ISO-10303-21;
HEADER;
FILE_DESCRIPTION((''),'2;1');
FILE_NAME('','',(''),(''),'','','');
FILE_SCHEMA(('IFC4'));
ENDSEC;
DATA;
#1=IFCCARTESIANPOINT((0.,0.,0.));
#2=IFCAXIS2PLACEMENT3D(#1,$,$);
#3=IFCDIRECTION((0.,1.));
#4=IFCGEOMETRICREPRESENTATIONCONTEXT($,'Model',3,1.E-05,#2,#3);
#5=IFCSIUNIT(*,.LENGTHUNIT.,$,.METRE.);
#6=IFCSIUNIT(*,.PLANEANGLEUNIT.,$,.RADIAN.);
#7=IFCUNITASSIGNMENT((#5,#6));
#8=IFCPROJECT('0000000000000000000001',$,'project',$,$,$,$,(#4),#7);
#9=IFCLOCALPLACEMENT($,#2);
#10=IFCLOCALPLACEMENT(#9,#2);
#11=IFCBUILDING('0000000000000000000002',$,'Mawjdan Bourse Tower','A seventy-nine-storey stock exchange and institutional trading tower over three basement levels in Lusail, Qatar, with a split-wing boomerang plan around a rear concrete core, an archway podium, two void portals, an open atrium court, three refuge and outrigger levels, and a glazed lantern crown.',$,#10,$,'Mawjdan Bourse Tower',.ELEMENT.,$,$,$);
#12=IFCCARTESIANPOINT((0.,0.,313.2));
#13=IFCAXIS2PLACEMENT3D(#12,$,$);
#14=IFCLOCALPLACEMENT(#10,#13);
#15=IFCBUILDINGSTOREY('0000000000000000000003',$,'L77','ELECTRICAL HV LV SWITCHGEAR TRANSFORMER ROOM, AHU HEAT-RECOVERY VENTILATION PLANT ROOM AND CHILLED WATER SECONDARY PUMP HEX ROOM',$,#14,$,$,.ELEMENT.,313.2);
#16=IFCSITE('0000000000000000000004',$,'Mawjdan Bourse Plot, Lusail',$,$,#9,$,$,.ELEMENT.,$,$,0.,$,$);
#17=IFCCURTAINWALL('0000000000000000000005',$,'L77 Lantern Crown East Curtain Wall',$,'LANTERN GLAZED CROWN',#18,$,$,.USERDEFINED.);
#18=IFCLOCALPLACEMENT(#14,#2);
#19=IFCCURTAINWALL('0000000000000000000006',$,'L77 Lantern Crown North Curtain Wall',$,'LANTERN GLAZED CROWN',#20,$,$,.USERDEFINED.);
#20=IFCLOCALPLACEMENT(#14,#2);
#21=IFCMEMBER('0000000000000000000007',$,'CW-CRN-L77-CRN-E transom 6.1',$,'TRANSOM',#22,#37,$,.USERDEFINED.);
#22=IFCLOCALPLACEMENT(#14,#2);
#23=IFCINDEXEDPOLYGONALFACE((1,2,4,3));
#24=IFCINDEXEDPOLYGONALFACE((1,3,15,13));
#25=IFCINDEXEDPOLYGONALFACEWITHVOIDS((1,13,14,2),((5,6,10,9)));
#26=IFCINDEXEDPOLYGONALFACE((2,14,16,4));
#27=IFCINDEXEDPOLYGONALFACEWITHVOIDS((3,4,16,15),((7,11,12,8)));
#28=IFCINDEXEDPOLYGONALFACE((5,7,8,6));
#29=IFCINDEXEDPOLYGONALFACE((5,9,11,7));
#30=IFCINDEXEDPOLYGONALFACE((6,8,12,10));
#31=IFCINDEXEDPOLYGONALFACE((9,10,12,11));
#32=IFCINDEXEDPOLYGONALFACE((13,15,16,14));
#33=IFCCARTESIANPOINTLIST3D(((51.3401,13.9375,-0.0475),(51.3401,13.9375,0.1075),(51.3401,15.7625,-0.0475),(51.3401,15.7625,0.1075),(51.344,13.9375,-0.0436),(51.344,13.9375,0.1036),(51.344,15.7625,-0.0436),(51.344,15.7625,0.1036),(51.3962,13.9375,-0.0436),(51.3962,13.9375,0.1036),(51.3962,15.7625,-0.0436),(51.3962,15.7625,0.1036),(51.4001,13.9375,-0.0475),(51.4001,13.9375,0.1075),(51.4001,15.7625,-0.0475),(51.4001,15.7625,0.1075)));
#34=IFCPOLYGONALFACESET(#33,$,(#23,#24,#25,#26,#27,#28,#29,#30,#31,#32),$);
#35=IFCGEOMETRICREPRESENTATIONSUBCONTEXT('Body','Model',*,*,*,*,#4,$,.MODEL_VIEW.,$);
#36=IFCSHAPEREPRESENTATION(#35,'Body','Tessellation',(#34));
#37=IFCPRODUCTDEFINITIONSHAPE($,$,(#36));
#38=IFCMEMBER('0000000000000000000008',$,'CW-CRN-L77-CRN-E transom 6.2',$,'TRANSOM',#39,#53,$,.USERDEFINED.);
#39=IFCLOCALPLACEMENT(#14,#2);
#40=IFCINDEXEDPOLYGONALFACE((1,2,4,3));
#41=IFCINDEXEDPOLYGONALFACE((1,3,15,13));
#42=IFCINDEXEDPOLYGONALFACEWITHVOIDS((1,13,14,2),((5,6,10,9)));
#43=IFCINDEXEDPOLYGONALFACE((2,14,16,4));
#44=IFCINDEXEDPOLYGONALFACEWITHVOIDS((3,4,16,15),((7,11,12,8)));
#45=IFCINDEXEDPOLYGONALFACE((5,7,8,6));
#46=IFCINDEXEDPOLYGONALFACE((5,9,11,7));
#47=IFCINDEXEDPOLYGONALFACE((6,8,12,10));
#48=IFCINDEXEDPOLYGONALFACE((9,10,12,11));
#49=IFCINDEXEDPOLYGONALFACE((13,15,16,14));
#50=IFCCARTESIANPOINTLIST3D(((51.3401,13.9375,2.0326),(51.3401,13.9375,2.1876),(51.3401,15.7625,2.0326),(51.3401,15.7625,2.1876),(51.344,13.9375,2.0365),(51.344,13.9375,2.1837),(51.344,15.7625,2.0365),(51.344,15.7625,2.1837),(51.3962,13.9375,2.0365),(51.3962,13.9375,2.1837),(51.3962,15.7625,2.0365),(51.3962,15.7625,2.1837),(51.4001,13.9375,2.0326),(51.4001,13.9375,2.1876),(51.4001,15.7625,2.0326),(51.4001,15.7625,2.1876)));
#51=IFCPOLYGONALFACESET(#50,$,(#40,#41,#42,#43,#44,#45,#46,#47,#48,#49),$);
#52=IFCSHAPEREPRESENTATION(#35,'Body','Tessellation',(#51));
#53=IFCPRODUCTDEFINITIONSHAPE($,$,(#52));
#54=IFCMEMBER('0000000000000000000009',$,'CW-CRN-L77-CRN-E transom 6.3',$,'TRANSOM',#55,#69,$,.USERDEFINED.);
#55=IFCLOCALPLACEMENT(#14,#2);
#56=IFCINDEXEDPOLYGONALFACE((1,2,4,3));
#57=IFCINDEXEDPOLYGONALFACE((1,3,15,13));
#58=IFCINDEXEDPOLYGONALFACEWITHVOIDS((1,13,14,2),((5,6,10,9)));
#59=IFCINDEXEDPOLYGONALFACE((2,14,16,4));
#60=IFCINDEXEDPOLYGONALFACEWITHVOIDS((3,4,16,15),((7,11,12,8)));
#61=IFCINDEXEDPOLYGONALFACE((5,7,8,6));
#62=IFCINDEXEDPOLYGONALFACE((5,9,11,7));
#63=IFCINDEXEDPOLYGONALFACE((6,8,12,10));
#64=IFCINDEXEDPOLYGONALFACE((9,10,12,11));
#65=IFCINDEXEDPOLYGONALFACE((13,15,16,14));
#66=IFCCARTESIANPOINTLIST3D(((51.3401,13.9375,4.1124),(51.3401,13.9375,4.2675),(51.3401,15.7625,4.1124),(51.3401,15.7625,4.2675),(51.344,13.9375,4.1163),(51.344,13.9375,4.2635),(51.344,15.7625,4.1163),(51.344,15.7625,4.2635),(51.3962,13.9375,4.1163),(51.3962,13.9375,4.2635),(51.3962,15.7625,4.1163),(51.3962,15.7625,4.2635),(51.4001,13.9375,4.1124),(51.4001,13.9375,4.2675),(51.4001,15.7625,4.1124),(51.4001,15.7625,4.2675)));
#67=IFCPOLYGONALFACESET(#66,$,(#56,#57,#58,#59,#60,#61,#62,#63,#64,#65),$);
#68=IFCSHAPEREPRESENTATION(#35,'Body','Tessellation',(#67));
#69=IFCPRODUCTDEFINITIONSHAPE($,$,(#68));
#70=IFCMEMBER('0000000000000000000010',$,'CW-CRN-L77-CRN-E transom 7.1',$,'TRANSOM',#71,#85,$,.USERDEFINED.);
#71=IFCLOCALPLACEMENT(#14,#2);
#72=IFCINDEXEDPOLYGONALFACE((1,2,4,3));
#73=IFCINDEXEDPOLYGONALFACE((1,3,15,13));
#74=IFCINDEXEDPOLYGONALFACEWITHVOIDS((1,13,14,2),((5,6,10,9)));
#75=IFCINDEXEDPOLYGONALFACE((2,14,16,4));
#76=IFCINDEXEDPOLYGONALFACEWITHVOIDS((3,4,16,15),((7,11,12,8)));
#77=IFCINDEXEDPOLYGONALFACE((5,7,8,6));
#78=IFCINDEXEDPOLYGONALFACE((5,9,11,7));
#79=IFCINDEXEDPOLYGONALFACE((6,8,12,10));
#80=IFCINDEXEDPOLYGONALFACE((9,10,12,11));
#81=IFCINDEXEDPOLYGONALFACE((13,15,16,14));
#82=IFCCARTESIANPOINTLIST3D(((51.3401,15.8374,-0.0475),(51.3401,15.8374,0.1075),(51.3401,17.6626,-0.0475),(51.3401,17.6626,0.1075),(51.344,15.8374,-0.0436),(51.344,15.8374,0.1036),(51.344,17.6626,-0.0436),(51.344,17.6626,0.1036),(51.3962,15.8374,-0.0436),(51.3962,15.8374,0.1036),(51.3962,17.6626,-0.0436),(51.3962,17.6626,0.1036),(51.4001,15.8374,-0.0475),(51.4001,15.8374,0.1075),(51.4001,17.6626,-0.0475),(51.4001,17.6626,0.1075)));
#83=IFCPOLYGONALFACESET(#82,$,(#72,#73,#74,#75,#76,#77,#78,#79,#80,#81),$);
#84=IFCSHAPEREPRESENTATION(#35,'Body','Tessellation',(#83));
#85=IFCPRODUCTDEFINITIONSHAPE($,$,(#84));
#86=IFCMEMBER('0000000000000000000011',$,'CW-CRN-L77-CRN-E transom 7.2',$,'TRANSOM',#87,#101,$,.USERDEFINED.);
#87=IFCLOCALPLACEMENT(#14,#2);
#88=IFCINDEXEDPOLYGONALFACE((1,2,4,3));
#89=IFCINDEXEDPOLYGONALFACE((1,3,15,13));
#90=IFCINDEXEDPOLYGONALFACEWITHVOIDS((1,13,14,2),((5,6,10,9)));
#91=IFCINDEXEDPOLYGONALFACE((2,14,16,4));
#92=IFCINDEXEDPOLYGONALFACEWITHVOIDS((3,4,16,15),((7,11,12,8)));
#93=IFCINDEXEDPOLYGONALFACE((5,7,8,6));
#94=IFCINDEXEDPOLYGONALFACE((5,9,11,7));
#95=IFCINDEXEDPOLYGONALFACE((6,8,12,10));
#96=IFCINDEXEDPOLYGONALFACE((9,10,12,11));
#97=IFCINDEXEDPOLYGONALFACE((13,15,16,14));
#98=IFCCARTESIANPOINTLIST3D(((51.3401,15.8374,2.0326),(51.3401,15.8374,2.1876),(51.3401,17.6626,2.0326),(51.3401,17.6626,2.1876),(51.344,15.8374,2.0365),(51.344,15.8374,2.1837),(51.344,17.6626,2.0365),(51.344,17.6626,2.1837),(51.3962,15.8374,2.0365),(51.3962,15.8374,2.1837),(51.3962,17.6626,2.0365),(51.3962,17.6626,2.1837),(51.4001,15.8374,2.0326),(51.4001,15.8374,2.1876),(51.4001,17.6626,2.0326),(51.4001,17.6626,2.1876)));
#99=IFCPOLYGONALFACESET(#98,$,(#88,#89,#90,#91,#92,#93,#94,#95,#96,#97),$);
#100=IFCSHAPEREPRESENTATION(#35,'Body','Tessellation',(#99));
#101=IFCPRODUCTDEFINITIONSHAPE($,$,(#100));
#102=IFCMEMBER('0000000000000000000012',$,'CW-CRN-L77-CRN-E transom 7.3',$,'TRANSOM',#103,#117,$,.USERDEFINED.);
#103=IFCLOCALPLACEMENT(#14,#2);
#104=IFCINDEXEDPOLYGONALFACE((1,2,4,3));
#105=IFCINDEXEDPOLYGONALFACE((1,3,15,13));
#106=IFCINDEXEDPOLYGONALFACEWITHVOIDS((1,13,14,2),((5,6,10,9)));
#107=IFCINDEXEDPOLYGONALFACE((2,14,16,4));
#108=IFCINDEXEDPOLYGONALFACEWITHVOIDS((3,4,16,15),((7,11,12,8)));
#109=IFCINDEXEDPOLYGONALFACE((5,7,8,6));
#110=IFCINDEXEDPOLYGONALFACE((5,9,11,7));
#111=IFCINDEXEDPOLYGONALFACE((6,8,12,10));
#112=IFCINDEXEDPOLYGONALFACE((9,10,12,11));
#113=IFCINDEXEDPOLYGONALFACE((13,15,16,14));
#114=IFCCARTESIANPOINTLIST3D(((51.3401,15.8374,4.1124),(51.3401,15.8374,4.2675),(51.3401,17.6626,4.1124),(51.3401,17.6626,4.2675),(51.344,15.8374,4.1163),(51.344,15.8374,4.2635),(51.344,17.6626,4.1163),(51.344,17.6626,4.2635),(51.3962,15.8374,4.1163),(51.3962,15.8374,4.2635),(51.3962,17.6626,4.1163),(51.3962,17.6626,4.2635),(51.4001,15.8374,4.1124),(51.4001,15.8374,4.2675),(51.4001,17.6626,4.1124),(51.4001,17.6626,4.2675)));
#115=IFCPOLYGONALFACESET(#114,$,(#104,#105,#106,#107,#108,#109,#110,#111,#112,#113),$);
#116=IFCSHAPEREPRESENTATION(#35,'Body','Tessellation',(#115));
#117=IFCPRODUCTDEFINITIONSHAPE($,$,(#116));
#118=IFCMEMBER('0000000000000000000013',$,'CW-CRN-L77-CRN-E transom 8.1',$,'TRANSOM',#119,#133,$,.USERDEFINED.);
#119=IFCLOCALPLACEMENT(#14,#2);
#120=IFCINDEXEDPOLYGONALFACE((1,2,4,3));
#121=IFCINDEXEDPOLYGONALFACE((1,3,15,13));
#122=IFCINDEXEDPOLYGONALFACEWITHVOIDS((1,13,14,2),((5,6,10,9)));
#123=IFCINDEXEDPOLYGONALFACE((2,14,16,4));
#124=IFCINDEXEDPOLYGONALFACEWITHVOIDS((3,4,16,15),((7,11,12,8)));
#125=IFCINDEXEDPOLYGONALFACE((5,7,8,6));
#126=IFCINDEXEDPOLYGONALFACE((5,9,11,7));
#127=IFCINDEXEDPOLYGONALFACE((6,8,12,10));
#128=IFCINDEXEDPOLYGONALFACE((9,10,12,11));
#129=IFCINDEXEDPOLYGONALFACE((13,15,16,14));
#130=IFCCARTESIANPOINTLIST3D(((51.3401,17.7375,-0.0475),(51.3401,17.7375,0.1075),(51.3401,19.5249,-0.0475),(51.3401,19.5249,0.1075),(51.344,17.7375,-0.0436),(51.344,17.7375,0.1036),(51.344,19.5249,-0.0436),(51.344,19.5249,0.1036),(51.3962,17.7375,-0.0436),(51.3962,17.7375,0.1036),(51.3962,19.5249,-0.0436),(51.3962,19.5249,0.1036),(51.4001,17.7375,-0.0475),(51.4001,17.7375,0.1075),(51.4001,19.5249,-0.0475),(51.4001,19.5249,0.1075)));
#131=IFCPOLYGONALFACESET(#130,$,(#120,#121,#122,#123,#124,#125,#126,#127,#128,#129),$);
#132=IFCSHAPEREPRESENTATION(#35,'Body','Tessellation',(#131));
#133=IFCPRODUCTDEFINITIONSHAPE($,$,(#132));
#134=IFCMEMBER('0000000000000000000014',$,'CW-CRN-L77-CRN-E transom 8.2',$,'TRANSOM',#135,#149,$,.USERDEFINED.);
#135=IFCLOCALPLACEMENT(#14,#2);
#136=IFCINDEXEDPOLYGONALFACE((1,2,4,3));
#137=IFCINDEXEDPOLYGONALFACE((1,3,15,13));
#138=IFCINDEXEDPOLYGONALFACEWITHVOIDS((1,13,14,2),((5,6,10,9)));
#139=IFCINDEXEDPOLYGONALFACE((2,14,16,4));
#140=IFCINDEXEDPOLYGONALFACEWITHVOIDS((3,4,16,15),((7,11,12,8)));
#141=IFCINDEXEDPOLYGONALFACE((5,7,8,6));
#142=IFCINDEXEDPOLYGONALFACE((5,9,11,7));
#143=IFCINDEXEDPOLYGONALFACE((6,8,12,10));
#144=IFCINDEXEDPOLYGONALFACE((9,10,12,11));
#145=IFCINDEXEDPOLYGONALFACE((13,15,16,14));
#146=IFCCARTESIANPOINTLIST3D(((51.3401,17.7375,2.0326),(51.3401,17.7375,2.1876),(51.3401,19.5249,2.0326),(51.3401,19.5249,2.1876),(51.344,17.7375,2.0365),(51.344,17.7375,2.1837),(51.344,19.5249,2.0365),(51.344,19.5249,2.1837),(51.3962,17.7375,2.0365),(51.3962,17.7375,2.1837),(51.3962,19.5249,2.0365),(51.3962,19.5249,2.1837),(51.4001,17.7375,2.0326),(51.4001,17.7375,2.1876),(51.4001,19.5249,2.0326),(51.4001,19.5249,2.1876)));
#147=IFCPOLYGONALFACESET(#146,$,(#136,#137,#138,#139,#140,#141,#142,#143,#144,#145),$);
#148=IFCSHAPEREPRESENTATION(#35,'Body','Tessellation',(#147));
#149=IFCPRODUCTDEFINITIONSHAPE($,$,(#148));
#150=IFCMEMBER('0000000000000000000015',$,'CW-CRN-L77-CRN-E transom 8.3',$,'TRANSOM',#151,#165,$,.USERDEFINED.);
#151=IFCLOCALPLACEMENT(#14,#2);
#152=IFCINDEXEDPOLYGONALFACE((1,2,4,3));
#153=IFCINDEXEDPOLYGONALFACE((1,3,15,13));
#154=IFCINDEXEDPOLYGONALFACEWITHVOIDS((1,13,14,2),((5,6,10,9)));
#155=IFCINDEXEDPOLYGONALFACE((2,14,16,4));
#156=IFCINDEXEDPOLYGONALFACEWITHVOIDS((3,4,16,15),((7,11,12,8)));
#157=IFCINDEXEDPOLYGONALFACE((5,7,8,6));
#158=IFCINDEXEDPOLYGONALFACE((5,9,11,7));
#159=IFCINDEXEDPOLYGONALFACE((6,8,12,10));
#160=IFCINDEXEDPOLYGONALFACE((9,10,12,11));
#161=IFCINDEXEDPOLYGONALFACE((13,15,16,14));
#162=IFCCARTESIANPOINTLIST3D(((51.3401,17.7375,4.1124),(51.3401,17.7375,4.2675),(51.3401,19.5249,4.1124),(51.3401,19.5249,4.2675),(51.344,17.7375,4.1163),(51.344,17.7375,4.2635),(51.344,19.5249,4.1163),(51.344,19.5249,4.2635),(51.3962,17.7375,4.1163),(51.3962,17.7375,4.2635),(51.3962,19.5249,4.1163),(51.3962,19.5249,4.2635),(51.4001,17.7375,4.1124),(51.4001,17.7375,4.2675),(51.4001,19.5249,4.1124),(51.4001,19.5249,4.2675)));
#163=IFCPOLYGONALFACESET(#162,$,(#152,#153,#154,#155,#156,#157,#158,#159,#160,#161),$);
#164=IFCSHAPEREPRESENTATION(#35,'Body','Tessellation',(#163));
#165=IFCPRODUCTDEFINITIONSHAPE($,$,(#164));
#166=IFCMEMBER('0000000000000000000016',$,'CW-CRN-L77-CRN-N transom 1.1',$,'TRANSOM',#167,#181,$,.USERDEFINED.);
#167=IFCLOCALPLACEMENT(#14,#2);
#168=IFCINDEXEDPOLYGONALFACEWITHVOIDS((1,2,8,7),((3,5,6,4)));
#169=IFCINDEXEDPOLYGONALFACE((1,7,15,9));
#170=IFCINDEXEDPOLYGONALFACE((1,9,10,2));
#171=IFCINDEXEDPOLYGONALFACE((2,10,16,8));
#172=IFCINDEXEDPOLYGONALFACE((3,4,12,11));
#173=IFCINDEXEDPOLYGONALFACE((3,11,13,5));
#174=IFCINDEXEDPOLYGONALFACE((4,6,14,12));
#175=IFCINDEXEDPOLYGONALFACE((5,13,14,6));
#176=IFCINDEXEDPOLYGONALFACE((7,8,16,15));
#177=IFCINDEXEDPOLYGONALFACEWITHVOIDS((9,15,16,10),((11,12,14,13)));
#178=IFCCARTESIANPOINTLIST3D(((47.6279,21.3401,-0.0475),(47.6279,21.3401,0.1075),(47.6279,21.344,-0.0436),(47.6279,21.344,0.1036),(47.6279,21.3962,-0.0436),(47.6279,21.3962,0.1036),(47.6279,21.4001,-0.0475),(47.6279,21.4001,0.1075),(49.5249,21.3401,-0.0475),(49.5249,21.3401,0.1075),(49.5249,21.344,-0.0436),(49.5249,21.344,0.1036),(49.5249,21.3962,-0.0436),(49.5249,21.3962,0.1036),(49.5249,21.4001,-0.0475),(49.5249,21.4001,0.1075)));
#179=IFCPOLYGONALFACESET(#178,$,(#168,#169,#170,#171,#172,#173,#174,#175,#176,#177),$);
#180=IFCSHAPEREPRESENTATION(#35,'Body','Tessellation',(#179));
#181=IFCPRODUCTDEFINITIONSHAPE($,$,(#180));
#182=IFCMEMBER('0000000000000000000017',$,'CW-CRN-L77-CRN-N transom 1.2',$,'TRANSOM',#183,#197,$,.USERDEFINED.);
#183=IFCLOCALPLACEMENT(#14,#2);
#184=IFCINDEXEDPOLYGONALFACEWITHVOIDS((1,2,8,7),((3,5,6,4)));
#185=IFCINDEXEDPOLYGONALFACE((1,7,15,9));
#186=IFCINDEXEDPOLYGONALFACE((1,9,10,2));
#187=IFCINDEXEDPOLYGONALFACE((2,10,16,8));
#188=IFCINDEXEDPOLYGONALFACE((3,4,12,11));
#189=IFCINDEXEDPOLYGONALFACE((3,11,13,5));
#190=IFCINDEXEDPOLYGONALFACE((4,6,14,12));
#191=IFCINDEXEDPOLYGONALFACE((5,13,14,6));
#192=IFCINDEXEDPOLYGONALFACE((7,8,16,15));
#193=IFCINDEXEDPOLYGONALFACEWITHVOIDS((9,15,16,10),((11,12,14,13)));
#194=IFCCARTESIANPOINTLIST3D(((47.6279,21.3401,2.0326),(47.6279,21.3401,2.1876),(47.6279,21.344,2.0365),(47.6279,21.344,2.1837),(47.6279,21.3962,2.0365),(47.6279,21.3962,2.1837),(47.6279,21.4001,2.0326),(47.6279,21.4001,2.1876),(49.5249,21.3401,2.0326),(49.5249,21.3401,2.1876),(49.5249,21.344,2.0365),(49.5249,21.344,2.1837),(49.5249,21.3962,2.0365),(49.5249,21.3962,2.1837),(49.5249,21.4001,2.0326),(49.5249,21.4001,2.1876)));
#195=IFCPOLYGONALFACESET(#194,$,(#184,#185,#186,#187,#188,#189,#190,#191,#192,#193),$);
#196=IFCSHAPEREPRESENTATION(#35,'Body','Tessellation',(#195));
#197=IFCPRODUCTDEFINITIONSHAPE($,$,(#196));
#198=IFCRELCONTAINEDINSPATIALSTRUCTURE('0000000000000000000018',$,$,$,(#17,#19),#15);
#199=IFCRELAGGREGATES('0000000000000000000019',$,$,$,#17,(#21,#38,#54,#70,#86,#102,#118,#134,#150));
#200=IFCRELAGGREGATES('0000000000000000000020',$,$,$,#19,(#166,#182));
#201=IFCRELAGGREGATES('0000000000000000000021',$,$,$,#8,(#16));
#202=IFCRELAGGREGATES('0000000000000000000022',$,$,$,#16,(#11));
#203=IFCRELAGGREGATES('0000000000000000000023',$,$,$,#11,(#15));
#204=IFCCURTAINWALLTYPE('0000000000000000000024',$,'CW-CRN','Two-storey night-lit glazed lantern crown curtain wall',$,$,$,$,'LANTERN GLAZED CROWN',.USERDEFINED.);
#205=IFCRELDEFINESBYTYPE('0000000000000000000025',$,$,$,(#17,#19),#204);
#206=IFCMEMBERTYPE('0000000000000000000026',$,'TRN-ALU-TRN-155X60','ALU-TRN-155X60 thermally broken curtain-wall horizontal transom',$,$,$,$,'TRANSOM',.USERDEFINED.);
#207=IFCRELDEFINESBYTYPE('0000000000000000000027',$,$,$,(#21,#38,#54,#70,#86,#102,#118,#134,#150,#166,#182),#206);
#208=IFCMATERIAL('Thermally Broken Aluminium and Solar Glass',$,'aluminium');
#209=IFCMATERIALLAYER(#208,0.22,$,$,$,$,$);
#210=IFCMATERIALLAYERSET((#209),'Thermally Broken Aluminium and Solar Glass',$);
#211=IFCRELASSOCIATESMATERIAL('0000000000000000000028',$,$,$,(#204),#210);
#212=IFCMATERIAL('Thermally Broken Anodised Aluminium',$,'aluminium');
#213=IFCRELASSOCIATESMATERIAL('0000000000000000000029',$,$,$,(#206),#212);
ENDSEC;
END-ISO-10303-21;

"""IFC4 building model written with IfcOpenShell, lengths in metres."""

from ifc_helpers import new_model, si_unit, direction, frame, origin, origin_2d, place, context, subcontext, project, spatial, hollow_rectangle, extrude, material, layer, layer_set, material_profile, profile_set, type_object, element, aggregate, save


model = new_model("IFC4")

# Units and contexts
model_context = context("Model", 3, precision=1e-05, world=origin(), true_north=direction((0.0, 1.0)))
body_context = subcontext(model_context, "Body", "Model", "MODEL_VIEW")
ifc_project = project(units=[si_unit("LENGTHUNIT", "METRE"), si_unit("PLANEANGLEUNIT", "RADIAN")], contexts=[model_context])

# Site, building, storey
site_placement = place(None, origin())
site = spatial("IfcSite", under=ifc_project, at=site_placement, Name="Mawjdan Bourse Plot, Lusail", CompositionType="ELEMENT", RefElevation=0.0)
building_placement = place(site_placement, origin())
building = spatial("IfcBuilding", under=site, at=building_placement, Name="Mawjdan Bourse Tower", Description="A seventy-nine-storey stock exchange and institutional trading tower over three basement levels in Lusail, Qatar, with a split-wing boomerang plan around a rear concrete core, an archway podium, two void portals, an open atrium court, three refuge and outrigger levels, and a glazed lantern crown.", LongName="Mawjdan Bourse Tower", CompositionType="ELEMENT")
storey_placement = place(building_placement, frame((0.0, 0.0, 313.2)))
storey = spatial("IfcBuildingStorey", under=building, at=storey_placement, Name="L77", Description="ELECTRICAL HV LV SWITCHGEAR TRANSFORMER ROOM, AHU HEAT-RECOVERY VENTILATION PLANT ROOM AND CHILLED WATER SECONDARY PUMP HEX ROOM", CompositionType="ELEMENT", Elevation=313.2)

# Curtain wall
ifc_material_1 = material(Name="Thermally Broken Aluminium and Solar Glass", Category="aluminium")
ifc_layer_1 = layer(ifc_material_1, 0.22)
ifc_layer_set_1 = layer_set([ifc_layer_1], Name="Thermally Broken Aluminium and Solar Glass")
curtain_wall_type = type_object("IfcCurtainWallType", Name="CW-CRN", Description="Two-storey night-lit glazed lantern crown curtain wall", ElementType="LANTERN GLAZED CROWN", PredefinedType="USERDEFINED", material=ifc_layer_set_1)
curtain_wall_1_placement = place(storey_placement, origin())
curtain_wall_1 = element("IfcCurtainWall", 1, at=curtain_wall_1_placement, inside=storey, type_object=curtain_wall_type, Name="L77 Lantern Crown East Curtain Wall", ObjectType="LANTERN GLAZED CROWN", PredefinedType="USERDEFINED")
ifc_material_2 = material(Name="Thermally Broken Anodised Aluminium", Category="aluminium")

# Curtain wall
curtain_wall_2_placement = place(storey_placement, origin())
curtain_wall_2 = element("IfcCurtainWall", 2, at=curtain_wall_2_placement, inside=storey, type_object=curtain_wall_type, Name="L77 Lantern Crown North Curtain Wall", ObjectType="LANTERN GLAZED CROWN", PredefinedType="USERDEFINED")

# Members
ifc_material_profile_1 = material_profile(ifc_material_2, hollow_rectangle(XDim=0.0601, YDim=0.155, WallThickness=0.0039, at=origin_2d()), Name="ALU-TRN-155X60")
ifc_profile_set_1 = profile_set([ifc_material_profile_1], Name="Thermally Broken Anodised Aluminium")
member_type_1 = type_object("IfcMemberType", Name="TRN-ALU-TRN-155X60", Description="ALU-TRN-155X60 thermally broken curtain-wall horizontal transom", ElementType="TRANSOM", PredefinedType="USERDEFINED", material=ifc_profile_set_1)
member_1_placement = place(storey_placement, frame((51.3701, 13.9375, 0.03), z_axis=(0.0, 1.0, 0.0), x_axis=(-1.0, 0.0, 0.0)))
member_1 = element("IfcMember", 3, at=member_1_placement, type_object=member_type_1, Name="CW-CRN-L77-CRN-E transom 6.1", ObjectType="TRANSOM", PredefinedType="USERDEFINED", context=body_context, shape_type="SweptSolid", body=[
    extrude(hollow_rectangle(XDim=0.0601, YDim=0.155, WallThickness=0.0039, at=origin_2d()), origin(), (0.0, 0.0, 1.0), 1.825),
])
member_2_placement = place(storey_placement, frame((51.3701, 13.9375, 2.1101), z_axis=(0.0, 1.0, 0.0), x_axis=(-1.0, 0.0, 0.0)))
member_2 = element("IfcMember", 4, at=member_2_placement, type_object=member_type_1, Name="CW-CRN-L77-CRN-E transom 6.2", ObjectType="TRANSOM", PredefinedType="USERDEFINED", context=body_context, shape_type="SweptSolid", body=[
    extrude(hollow_rectangle(XDim=0.0601, YDim=0.155, WallThickness=0.0039, at=origin_2d()), origin(), (0.0, 0.0, 1.0), 1.825),
])
member_3_placement = place(storey_placement, frame((51.3701, 13.9375, 4.1899), z_axis=(0.0, 1.0, 0.0), x_axis=(-1.0, 0.0, 0.0)))
member_3 = element("IfcMember", 5, at=member_3_placement, type_object=member_type_1, Name="CW-CRN-L77-CRN-E transom 6.3", ObjectType="TRANSOM", PredefinedType="USERDEFINED", context=body_context, shape_type="SweptSolid", body=[
    extrude(hollow_rectangle(XDim=0.0601, YDim=0.155, WallThickness=0.0039, at=origin_2d()), origin(), (0.0, 0.0, 1.0), 1.825),
])
member_4_placement = place(storey_placement, frame((51.3701, 15.8374, 0.03), z_axis=(0.0, 1.0, 0.0), x_axis=(-1.0, 0.0, 0.0)))
member_4 = element("IfcMember", 6, at=member_4_placement, type_object=member_type_1, Name="CW-CRN-L77-CRN-E transom 7.1", ObjectType="TRANSOM", PredefinedType="USERDEFINED", context=body_context, shape_type="SweptSolid", body=[
    extrude(hollow_rectangle(XDim=0.0601, YDim=0.155, WallThickness=0.0039, at=origin_2d()), origin(), (0.0, 0.0, 1.0), 1.8252),
])
member_5_placement = place(storey_placement, frame((51.3701, 15.8374, 2.1101), z_axis=(0.0, 1.0, 0.0), x_axis=(-1.0, 0.0, 0.0)))
member_5 = element("IfcMember", 7, at=member_5_placement, type_object=member_type_1, Name="CW-CRN-L77-CRN-E transom 7.2", ObjectType="TRANSOM", PredefinedType="USERDEFINED", context=body_context, shape_type="SweptSolid", body=[
    extrude(hollow_rectangle(XDim=0.0601, YDim=0.155, WallThickness=0.0039, at=origin_2d()), origin(), (0.0, 0.0, 1.0), 1.8252),
])
member_6_placement = place(storey_placement, frame((51.3701, 15.8374, 4.1899), z_axis=(0.0, 1.0, 0.0), x_axis=(-1.0, 0.0, 0.0)))
member_6 = element("IfcMember", 8, at=member_6_placement, type_object=member_type_1, Name="CW-CRN-L77-CRN-E transom 7.3", ObjectType="TRANSOM", PredefinedType="USERDEFINED", context=body_context, shape_type="SweptSolid", body=[
    extrude(hollow_rectangle(XDim=0.0601, YDim=0.155, WallThickness=0.0039, at=origin_2d()), origin(), (0.0, 0.0, 1.0), 1.8252),
])
member_7_placement = place(storey_placement, frame((51.3701, 17.7375, 0.03), z_axis=(0.0, 1.0, 0.0), x_axis=(-1.0, 0.0, 0.0)))
member_7 = element("IfcMember", 9, at=member_7_placement, type_object=member_type_1, Name="CW-CRN-L77-CRN-E transom 8.1", ObjectType="TRANSOM", PredefinedType="USERDEFINED", context=body_context, shape_type="SweptSolid", body=[
    extrude(hollow_rectangle(XDim=0.0601, YDim=0.155, WallThickness=0.0039, at=origin_2d()), origin(), (0.0, 0.0, 1.0), 1.7874),
])
member_8_placement = place(storey_placement, frame((51.3701, 17.7375, 2.1101), z_axis=(0.0, 1.0, 0.0), x_axis=(-1.0, 0.0, 0.0)))
member_8 = element("IfcMember", 10, at=member_8_placement, type_object=member_type_1, Name="CW-CRN-L77-CRN-E transom 8.2", ObjectType="TRANSOM", PredefinedType="USERDEFINED", context=body_context, shape_type="SweptSolid", body=[
    extrude(hollow_rectangle(XDim=0.0601, YDim=0.155, WallThickness=0.0039, at=origin_2d()), origin(), (0.0, 0.0, 1.0), 1.7874),
])
member_9_placement = place(storey_placement, frame((51.3701, 17.7375, 4.1899), z_axis=(0.0, 1.0, 0.0), x_axis=(-1.0, 0.0, 0.0)))
member_9 = element("IfcMember", 11, at=member_9_placement, type_object=member_type_1, Name="CW-CRN-L77-CRN-E transom 8.3", ObjectType="TRANSOM", PredefinedType="USERDEFINED", context=body_context, shape_type="SweptSolid", body=[
    extrude(hollow_rectangle(XDim=0.0601, YDim=0.155, WallThickness=0.0039, at=origin_2d()), origin(), (0.0, 0.0, 1.0), 1.7874),
])
member_10_placement = place(storey_placement, frame((49.5249, 21.3701, 0.03), z_axis=(-1.0, 0.0, 0.0), x_axis=(0.0, -1.0, 0.0)))
member_10 = element("IfcMember", 12, at=member_10_placement, type_object=member_type_1, Name="CW-CRN-L77-CRN-N transom 1.1", ObjectType="TRANSOM", PredefinedType="USERDEFINED", context=body_context, shape_type="SweptSolid", body=[
    extrude(hollow_rectangle(XDim=0.0601, YDim=0.155, WallThickness=0.0039, at=origin_2d()), origin(), (0.0, 0.0, 1.0), 1.897),
])
member_11_placement = place(storey_placement, frame((49.5249, 21.3701, 2.1101), z_axis=(-1.0, 0.0, 0.0), x_axis=(0.0, -1.0, 0.0)))
member_11 = element("IfcMember", 13, at=member_11_placement, type_object=member_type_1, Name="CW-CRN-L77-CRN-N transom 1.2", ObjectType="TRANSOM", PredefinedType="USERDEFINED", context=body_context, shape_type="SweptSolid", body=[
    extrude(hollow_rectangle(XDim=0.0601, YDim=0.155, WallThickness=0.0039, at=origin_2d()), origin(), (0.0, 0.0, 1.0), 1.897),
])

aggregate(curtain_wall_1, [member_1, member_2, member_3, member_4, member_5, member_6, member_7, member_8, member_9])
aggregate(curtain_wall_2, [member_10, member_11])

save(model, "model.ifc")
